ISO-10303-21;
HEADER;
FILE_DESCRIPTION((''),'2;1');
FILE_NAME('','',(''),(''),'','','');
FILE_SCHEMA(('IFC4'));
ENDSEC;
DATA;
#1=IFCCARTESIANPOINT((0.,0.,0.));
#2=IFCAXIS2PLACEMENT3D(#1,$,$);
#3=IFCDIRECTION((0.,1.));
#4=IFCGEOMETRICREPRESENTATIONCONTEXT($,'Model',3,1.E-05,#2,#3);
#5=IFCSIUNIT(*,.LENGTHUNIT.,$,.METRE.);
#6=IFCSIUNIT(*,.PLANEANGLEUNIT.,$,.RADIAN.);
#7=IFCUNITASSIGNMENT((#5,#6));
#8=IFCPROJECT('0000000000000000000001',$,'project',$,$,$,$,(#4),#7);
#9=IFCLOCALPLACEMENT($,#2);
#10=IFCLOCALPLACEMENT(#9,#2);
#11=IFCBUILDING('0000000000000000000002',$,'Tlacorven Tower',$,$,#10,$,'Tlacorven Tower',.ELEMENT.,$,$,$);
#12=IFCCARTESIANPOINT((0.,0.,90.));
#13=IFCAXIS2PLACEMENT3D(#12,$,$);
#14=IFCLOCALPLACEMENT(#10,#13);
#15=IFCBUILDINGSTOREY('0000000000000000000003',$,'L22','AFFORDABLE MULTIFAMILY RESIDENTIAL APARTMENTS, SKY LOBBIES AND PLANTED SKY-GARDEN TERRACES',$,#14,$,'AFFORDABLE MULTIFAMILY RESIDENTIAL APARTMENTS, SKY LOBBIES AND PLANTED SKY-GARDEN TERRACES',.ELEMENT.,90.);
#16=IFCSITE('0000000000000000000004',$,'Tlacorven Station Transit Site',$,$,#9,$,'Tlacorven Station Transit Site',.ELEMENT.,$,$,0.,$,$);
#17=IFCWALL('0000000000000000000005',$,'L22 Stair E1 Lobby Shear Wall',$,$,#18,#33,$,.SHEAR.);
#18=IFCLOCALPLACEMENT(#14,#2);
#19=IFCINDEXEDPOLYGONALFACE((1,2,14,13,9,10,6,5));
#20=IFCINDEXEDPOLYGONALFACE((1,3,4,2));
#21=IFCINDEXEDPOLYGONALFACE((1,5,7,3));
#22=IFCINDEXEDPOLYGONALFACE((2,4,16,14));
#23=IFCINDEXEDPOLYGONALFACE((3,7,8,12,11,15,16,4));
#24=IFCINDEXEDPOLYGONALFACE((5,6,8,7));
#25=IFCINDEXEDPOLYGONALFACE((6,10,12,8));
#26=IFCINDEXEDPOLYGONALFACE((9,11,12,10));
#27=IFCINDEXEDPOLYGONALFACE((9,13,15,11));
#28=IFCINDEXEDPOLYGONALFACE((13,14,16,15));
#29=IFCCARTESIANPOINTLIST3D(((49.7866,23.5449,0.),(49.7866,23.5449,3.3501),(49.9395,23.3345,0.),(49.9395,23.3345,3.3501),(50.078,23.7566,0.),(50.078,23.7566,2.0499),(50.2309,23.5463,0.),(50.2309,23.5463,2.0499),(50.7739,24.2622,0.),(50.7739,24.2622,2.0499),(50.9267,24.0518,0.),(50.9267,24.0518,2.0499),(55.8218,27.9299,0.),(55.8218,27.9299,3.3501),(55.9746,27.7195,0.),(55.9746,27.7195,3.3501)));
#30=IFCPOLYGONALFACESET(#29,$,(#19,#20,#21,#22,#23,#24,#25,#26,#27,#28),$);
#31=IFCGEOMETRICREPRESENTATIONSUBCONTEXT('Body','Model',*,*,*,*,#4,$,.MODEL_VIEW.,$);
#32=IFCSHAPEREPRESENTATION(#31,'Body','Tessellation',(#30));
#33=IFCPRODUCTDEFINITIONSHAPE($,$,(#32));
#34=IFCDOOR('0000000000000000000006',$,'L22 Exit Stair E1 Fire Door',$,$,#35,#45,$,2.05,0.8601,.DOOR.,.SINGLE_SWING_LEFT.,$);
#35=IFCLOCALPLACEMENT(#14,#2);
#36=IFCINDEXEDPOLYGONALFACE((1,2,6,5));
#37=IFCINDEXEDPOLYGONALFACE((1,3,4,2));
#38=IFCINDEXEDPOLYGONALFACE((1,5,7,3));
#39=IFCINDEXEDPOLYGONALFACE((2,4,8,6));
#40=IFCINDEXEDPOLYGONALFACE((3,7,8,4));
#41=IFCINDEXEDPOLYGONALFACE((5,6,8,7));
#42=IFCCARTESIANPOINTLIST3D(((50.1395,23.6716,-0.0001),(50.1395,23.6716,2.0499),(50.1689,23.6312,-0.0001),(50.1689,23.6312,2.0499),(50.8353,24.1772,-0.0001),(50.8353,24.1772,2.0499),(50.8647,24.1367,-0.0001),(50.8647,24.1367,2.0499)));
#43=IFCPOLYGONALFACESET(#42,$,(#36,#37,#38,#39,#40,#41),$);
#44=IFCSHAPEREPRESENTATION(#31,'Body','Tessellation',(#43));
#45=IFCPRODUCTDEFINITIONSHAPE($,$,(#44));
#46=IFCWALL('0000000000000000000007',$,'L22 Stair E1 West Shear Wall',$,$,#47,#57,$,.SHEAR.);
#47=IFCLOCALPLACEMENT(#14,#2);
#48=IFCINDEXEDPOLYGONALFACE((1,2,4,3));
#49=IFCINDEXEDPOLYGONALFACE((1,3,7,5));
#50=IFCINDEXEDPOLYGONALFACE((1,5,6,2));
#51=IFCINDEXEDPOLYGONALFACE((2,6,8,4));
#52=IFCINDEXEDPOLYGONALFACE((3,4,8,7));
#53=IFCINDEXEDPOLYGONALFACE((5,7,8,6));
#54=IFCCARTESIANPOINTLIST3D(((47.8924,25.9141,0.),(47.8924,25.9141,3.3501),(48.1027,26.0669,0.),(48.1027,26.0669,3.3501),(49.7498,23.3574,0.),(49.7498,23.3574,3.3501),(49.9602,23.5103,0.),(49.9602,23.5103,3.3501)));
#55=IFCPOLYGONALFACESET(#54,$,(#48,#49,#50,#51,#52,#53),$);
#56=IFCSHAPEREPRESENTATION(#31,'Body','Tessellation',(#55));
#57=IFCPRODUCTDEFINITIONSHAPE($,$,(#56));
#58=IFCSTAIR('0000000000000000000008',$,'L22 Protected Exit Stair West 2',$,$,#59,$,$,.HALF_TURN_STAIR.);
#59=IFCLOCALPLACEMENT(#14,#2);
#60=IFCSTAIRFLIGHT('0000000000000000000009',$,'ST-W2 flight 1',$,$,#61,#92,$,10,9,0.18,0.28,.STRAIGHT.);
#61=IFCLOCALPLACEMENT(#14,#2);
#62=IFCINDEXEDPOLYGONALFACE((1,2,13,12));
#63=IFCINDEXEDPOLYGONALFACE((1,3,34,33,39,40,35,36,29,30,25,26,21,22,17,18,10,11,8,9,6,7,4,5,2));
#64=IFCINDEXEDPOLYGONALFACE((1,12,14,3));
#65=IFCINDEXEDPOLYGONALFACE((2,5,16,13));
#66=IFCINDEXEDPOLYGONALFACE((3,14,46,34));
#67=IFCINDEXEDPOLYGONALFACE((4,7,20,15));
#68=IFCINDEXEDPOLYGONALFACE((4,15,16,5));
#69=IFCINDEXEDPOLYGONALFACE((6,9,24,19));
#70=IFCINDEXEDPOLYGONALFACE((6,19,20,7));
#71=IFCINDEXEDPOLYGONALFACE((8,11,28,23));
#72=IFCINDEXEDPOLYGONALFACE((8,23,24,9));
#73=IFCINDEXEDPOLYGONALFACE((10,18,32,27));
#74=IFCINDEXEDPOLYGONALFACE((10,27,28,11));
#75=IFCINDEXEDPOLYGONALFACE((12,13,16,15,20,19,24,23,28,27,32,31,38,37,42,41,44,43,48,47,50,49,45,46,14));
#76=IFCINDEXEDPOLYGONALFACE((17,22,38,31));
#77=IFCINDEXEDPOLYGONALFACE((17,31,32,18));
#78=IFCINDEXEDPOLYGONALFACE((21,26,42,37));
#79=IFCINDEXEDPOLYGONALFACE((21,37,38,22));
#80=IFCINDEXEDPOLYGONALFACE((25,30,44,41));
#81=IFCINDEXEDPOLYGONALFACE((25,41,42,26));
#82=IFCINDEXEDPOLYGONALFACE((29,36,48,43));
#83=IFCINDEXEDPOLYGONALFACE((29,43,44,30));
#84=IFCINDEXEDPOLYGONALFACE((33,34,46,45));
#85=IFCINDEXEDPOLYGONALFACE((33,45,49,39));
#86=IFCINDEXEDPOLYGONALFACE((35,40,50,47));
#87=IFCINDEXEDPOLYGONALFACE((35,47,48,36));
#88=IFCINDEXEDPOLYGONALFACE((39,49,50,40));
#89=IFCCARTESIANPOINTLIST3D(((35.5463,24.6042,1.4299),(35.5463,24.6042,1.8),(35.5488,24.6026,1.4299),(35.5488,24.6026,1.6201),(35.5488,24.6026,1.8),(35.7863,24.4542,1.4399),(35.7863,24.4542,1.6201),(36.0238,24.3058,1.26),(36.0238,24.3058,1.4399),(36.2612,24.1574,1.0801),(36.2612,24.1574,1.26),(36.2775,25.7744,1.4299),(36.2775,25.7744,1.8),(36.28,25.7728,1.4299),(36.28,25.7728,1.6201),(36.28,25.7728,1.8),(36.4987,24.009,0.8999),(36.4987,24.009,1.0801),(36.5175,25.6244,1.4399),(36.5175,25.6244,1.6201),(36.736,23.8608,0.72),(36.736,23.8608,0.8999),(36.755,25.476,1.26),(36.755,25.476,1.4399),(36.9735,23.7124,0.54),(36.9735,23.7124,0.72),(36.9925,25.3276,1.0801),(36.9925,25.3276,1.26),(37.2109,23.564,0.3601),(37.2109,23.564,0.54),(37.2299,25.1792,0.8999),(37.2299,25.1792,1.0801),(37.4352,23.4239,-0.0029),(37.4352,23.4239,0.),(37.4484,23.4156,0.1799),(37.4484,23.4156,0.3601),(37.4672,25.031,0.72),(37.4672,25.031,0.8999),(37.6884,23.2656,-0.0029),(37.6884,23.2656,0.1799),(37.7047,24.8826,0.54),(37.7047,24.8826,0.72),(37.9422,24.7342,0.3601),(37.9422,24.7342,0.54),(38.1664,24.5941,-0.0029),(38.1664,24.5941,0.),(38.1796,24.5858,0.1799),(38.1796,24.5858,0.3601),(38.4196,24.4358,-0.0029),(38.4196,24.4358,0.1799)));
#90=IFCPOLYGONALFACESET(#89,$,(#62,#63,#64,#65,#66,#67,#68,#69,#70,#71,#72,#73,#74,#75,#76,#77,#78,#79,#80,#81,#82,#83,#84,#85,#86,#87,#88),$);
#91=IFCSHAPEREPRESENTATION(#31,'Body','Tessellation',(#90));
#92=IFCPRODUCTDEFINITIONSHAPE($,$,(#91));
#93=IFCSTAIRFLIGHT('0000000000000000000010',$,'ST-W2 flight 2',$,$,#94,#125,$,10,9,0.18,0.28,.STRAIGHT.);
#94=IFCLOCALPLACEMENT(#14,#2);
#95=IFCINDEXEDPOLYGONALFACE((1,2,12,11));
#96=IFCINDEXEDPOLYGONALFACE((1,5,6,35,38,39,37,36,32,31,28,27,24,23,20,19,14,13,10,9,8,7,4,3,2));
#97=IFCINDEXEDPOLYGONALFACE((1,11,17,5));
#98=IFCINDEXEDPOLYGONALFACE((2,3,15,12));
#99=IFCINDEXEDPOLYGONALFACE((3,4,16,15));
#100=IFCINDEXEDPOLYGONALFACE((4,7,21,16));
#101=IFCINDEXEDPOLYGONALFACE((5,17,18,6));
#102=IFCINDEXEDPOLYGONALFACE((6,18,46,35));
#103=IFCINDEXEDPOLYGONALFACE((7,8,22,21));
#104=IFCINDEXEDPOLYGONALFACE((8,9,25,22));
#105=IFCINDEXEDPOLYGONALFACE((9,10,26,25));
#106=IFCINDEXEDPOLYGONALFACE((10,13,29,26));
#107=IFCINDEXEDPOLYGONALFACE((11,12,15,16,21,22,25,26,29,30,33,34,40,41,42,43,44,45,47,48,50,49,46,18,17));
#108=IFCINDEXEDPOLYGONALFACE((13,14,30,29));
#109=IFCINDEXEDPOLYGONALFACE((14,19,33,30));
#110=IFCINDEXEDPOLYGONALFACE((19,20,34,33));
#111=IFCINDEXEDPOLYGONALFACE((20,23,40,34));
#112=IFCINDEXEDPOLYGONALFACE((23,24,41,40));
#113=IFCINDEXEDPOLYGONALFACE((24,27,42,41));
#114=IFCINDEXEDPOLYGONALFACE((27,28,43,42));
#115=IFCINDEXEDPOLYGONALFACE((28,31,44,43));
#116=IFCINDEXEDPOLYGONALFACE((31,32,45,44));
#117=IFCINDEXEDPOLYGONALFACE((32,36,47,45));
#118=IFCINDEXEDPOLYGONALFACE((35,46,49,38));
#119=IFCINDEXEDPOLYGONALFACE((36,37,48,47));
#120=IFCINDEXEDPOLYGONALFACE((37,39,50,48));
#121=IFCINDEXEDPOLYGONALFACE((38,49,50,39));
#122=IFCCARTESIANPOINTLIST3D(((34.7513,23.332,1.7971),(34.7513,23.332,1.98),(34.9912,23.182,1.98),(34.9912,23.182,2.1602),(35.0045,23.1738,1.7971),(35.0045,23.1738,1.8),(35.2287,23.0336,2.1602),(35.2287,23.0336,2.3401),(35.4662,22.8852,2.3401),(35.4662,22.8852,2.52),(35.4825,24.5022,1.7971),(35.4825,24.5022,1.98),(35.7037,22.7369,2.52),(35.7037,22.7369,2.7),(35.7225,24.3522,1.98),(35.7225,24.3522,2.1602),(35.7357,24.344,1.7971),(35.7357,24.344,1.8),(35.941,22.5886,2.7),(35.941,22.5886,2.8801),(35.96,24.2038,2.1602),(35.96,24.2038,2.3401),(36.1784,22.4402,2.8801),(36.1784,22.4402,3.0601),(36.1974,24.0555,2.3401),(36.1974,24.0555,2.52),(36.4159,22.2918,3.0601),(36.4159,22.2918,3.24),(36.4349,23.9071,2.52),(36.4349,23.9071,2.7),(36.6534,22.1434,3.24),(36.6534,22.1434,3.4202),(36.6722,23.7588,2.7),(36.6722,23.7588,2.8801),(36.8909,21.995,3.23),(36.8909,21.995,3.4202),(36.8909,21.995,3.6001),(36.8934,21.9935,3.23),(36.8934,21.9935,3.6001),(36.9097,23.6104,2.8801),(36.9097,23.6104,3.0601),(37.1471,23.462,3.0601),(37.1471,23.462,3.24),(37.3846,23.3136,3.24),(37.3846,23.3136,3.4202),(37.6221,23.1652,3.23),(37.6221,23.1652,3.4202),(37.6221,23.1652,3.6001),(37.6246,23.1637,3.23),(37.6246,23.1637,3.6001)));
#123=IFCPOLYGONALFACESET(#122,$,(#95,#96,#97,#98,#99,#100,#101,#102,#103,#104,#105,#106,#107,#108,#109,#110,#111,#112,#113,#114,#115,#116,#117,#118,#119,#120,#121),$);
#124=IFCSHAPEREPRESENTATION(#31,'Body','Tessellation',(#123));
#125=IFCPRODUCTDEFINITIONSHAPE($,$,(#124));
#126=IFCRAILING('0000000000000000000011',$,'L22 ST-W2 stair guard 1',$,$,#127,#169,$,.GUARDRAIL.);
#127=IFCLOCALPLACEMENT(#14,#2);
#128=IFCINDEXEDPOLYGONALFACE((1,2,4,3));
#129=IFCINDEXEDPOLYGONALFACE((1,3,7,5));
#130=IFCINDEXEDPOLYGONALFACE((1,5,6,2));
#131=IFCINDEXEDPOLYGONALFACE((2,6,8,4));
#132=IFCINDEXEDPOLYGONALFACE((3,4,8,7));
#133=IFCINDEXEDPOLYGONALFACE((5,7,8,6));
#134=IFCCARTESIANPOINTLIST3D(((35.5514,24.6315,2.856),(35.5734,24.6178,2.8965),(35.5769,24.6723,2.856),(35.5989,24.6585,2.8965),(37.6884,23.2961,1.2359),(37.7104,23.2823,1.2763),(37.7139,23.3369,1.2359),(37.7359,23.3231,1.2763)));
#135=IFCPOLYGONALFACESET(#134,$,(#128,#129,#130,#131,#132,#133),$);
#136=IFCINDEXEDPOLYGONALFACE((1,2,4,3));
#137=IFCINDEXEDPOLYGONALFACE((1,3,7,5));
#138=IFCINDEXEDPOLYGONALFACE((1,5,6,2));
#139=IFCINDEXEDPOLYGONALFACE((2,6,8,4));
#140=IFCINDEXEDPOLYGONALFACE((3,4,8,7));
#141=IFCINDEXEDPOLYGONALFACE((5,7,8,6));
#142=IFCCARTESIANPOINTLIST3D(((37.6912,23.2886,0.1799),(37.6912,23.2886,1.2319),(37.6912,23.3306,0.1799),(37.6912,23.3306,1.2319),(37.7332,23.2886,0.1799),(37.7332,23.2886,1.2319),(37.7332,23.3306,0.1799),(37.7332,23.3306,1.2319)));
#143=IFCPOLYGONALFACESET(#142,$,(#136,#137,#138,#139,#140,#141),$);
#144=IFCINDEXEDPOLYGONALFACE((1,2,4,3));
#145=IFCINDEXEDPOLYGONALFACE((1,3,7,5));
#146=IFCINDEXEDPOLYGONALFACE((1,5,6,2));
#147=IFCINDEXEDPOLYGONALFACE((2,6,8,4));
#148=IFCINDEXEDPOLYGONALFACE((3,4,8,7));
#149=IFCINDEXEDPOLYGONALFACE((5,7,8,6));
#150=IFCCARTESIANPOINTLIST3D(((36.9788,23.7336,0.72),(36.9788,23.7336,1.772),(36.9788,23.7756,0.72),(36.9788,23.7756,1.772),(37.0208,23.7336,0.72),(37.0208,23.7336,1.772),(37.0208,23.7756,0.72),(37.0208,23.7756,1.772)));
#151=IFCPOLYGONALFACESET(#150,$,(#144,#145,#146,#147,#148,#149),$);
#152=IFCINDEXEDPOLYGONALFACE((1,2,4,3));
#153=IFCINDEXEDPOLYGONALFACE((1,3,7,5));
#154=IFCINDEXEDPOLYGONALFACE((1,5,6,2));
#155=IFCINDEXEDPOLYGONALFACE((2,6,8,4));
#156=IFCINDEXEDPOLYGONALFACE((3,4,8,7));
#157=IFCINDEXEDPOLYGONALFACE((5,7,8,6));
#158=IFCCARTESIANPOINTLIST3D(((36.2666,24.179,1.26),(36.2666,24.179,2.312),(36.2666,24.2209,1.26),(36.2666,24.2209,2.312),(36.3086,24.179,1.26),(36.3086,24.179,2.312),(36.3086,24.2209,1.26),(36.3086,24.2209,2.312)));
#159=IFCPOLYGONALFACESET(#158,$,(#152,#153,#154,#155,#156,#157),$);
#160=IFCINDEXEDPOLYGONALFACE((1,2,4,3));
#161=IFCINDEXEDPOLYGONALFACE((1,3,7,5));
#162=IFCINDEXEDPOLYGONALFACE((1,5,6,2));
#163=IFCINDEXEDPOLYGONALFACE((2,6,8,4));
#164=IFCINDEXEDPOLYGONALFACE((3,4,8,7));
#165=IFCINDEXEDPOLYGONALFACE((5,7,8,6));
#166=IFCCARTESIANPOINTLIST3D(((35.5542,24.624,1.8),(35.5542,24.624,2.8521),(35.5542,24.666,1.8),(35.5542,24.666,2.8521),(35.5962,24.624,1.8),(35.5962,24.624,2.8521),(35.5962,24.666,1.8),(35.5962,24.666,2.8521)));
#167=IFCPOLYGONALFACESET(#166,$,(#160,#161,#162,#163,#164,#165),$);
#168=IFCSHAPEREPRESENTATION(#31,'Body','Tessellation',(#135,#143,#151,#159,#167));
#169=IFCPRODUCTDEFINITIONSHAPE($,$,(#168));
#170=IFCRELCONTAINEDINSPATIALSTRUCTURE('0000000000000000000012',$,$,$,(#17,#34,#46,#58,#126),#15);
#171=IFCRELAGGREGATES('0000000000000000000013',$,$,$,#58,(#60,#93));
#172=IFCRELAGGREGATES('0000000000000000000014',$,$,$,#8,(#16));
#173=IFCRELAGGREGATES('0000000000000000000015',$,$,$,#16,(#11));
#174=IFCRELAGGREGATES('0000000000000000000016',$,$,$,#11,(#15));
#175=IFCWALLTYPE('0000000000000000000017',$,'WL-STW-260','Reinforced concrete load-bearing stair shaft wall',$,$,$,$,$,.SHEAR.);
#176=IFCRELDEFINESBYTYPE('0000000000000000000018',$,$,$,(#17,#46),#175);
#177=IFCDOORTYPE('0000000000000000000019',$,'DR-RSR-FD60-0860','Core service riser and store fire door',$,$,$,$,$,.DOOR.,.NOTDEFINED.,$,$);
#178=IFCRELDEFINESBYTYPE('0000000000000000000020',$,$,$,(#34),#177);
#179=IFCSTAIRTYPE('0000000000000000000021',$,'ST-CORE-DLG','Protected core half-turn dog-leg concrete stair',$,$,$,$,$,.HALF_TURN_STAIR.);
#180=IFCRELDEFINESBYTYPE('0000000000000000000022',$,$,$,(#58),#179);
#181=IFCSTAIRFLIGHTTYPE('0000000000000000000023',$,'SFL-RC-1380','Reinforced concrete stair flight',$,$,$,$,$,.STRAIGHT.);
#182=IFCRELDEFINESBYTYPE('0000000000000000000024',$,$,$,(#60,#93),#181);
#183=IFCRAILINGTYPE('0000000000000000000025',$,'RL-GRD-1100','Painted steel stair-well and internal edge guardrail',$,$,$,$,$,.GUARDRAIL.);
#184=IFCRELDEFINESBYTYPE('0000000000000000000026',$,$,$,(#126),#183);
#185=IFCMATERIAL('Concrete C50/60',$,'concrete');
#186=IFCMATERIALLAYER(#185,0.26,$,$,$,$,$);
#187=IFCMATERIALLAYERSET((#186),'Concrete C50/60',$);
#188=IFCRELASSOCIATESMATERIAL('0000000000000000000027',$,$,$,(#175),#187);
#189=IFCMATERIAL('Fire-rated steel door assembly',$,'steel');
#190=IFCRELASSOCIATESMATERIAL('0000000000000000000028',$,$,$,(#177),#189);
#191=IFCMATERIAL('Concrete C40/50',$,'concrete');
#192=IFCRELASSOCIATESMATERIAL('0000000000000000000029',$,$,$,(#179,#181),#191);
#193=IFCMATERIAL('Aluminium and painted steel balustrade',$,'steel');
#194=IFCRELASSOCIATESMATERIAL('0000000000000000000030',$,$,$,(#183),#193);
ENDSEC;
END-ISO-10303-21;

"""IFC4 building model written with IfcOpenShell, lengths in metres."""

from ifc_helpers import new_model, si_unit, direction, frame, frame_2d, origin, origin_2d, place, context, subcontext, project, spatial, polyline, rectangle, outline, extrude, source, transform, mapped, material, layer, layer_set, type_object, element, fill, aggregate, save


model = new_model("IFC4")

# Units and contexts
model_context = context("Model", 3, precision=1e-05, world=origin(), true_north=direction((0.0, 1.0)))
body_context = subcontext(model_context, "Body", "Model", "MODEL_VIEW")
ifc_project = project(units=[si_unit("LENGTHUNIT", "METRE"), si_unit("PLANEANGLEUNIT", "RADIAN")], contexts=[model_context])

# Site, building, storey
site_placement = place(None, origin())
site = spatial("IfcSite", under=ifc_project, at=site_placement, Name="Tlacorven Station Transit Site", LongName="Tlacorven Station Transit Site", CompositionType="ELEMENT", RefElevation=0.0)
building_placement = place(site_placement, origin())
building = spatial("IfcBuilding", under=site, at=building_placement, Name="Tlacorven Tower", LongName="Tlacorven Tower", CompositionType="ELEMENT")
storey_placement = place(building_placement, frame((0.0, 0.0, 90.0)))
storey = spatial("IfcBuildingStorey", under=building, at=storey_placement, Name="L22", Description="AFFORDABLE MULTIFAMILY RESIDENTIAL APARTMENTS, SKY LOBBIES AND PLANTED SKY-GARDEN TERRACES", LongName="AFFORDABLE MULTIFAMILY RESIDENTIAL APARTMENTS, SKY LOBBIES AND PLANTED SKY-GARDEN TERRACES", CompositionType="ELEMENT", Elevation=90.0)

# Shared definitions
ifc_material_1 = material(Name="Concrete C40/50", Category="concrete")
ifc_material_2 = material(Name="Concrete C50/60", Category="concrete")
ifc_layer_1 = layer(ifc_material_2, 0.26)
ifc_layer_set_1 = layer_set([ifc_layer_1], Name="Concrete C50/60")
wall_type_1 = type_object("IfcWallType", Name="WL-STW-260", Description="Reinforced concrete load-bearing stair shaft wall", PredefinedType="SHEAR", material=ifc_layer_set_1)

# Wall, opening, door
wall_1_placement = place(storey_placement, frame((49.863, 23.4397, 0.0), z_axis=(0.0, 0.0, 1.0), x_axis=(0.809003, 0.587804, 0.0)))
wall_1 = element("IfcWall", 1, at=wall_1_placement, inside=storey, type_object=wall_type_1, Name="L22 Stair E1 Lobby Shear Wall", PredefinedType="SHEAR", context=body_context, shape_type="SweptSolid", body=[
    extrude(rectangle(XDim=7.46, YDim=0.26, at=frame_2d((3.73, 0.0))), origin(), (0.0, 0.0, 1.0), 3.3501),
])
opening_placement = place(wall_1_placement, frame((0.3601, 0.0, 0.0)))
opening = element("IfcOpeningElement", 2, at=opening_placement, cuts=wall_1, PredefinedType="OPENING", context=body_context, shape_type="SweptSolid", body=[
    extrude(rectangle(XDim=0.8601, YDim=2.05, at=frame_2d((0.4302, 1.0249))), frame((0.0, 0.1401, 0.0), z_axis=(0.0, -1.0, 0.0), x_axis=(1.0, 0.0, 0.0)), (0.0, 0.0, 1.0), 0.28),
])
ifc_material_3 = material(Name="Fire-rated steel door assembly", Category="steel")
door_type = type_object("IfcDoorType", Name="DR-RSR-FD60-0860", Description="Core service riser and store fire door", OperationType="NOTDEFINED", PredefinedType="DOOR", material=ifc_material_3)
shared_shape_1 = source(origin(), body_context, "Body", "SweptSolid", [
    extrude(rectangle(XDim=0.8601, YDim=2.05, at=frame_2d((0.4302, 1.0249))), frame((0.0, 0.0249, 0.0), z_axis=(0.0, -1.0, 0.0), x_axis=(1.0, 0.0, 0.0)), (0.0, 0.0, 1.0), 0.05),
])
door_placement = place(opening_placement, frame((0.8601, 0.0, 0.0), z_axis=(0.0, 0.0, 1.0), x_axis=(-1.0, 0.0, 0.0)))
door = element("IfcDoor", 3, at=door_placement, inside=storey, type_object=door_type, Name="L22 Exit Stair E1 Fire Door", OperationType="SINGLE_SWING_LEFT", OverallHeight=2.05, OverallWidth=0.8601, PredefinedType="DOOR", context=body_context, shape_type="MappedRepresentation", body=[
    mapped(shared_shape_1, transform((0.0, 0.0, 0.0), scale=1.0)),
])
fill(opening, door)

# Wall
wall_2_placement = place(storey_placement, frame((49.855, 23.4338, 0.0), z_axis=(0.0, 0.0, 1.0), x_axis=(-0.587767, 0.80903, 0.0)))
element("IfcWall", 4, at=wall_2_placement, inside=storey, type_object=wall_type_1, Name="L22 Stair E1 West Shear Wall", PredefinedType="SHEAR", context=body_context, shape_type="SweptSolid", body=[
    extrude(rectangle(XDim=3.1602, YDim=0.26, at=frame_2d((1.5801, 0.0))), origin(), (0.0, 0.0, 1.0), 3.3501),
])

# Stair, stair flights
stair_type = type_object("IfcStairType", Name="ST-CORE-DLG", Description="Protected core half-turn dog-leg concrete stair", PredefinedType="HALF_TURN_STAIR", material=ifc_material_1)
stair_placement = place(storey_placement, origin())
stair = element("IfcStair", 5, at=stair_placement, inside=storey, type_object=stair_type, Name="L22 Protected Exit Stair West 2", PredefinedType="HALF_TURN_STAIR")
stair_flight_type = type_object("IfcStairFlightType", Name="SFL-RC-1380", Description="Reinforced concrete stair flight", PredefinedType="STRAIGHT", material=ifc_material_1)
shared_shape_2 = source(origin(), body_context, "Body", "SweptSolid", [
    extrude(outline(polyline([(-0.0029, -0.0029), (-0.0029, 0.1799), (0.28, 0.1799), (0.28, 0.3601), (0.5601, 0.3601), (0.5601, 0.54), (0.8401, 0.54), (0.8401, 0.72), (1.1201, 0.72), (1.1201, 0.8999), (1.3999, 0.8999), (1.3999, 1.0801), (1.6799, 1.0801), (1.6799, 1.26), (1.96, 1.26), (1.96, 1.4399), (2.24, 1.4399), (2.24, 1.6201), (2.52, 1.6201), (2.52, 1.8), (2.5229, 1.8), (2.5229, 1.4299), (2.52, 1.4299), (0.2957, 0.0), (0.2957, -0.0029), (-0.0029, -0.0029)])), frame((0.0, 0.6899, 0.0), z_axis=(0.0, -1.0, 0.0), x_axis=(1.0, 0.0, 0.0)), (0.0, 0.0, 1.0), 1.3799),
])
stair_flight_1_placement = place(storey_placement, frame((38.0515, 23.8523, 0.0), z_axis=(0.0, 0.0, 1.0), x_axis=(-0.848048, 0.529919, 0.0)))
stair_flight_1 = element("IfcStairFlight", 6, at=stair_flight_1_placement, type_object=stair_flight_type, Name="ST-W2 flight 1", NumberOfRisers=10, NumberOfTreads=9, PredefinedType="STRAIGHT", RiserHeight=0.18, TreadLength=0.28, context=body_context, shape_type="MappedRepresentation", body=[
    mapped(shared_shape_2, transform((0.0, 0.0, 0.0), scale=1.0)),
])
stair_flight_2_placement = place(storey_placement, frame((35.1194, 23.9155, 1.8), z_axis=(0.0, 0.0, 1.0), x_axis=(0.848048, -0.529919, 0.0)))
stair_flight_2 = element("IfcStairFlight", 7, at=stair_flight_2_placement, type_object=stair_flight_type, Name="ST-W2 flight 2", NumberOfRisers=10, NumberOfTreads=9, PredefinedType="STRAIGHT", RiserHeight=0.18, TreadLength=0.28, context=body_context, shape_type="MappedRepresentation", body=[
    mapped(shared_shape_2, transform((0.0, 0.0, 0.0), scale=1.0)),
])
aggregate(stair, [stair_flight_1, stair_flight_2])

# Railing
ifc_material_4 = material(Name="Aluminium and painted steel balustrade", Category="steel")
railing_type_1 = type_object("IfcRailingType", Name="RL-GRD-1100", Description="Painted steel stair-well and internal edge guardrail", PredefinedType="GUARDRAIL", material=ifc_material_4)
shared_shape_3 = source(origin(), body_context, "Body", "SweptSolid", [
    extrude(rectangle(XDim=0.0481, YDim=0.0481, at=origin_2d()), frame((0.0, 0.0, 1.0762), z_axis=(-0.71332, 0.445774, 0.540796), x_axis=(-0.529955, -0.848026, 0.0)), (0.0, 0.0, 1.0), 2.9958),
    extrude(rectangle(XDim=0.042, YDim=0.042, at=origin_2d()), origin(), (0.0, 0.0, 1.0), 1.052),
    extrude(rectangle(XDim=0.042, YDim=0.042, at=origin_2d()), frame((-0.7124, 0.4451, 0.54)), (0.0, 0.0, 1.0), 1.052),
    extrude(rectangle(XDim=0.042, YDim=0.042, at=origin_2d()), frame((-1.4246, 0.8904, 1.0801)), (0.0, 0.0, 1.0), 1.052),
    extrude(rectangle(XDim=0.042, YDim=0.042, at=origin_2d()), frame((-2.137, 1.3354, 1.6201)), (0.0, 0.0, 1.0), 1.052),
])
railing_1_placement = place(storey_placement, frame((37.7122, 23.3096, 0.1799)))
element("IfcRailing", 8, at=railing_1_placement, inside=storey, type_object=railing_type_1, Name="L22 ST-W2 stair guard 1", PredefinedType="GUARDRAIL", context=body_context, shape_type="MappedRepresentation", body=[
    mapped(shared_shape_3, transform((0.0, 0.0, 0.0), scale=1.0)),
])

save(model, "model.ifc")
